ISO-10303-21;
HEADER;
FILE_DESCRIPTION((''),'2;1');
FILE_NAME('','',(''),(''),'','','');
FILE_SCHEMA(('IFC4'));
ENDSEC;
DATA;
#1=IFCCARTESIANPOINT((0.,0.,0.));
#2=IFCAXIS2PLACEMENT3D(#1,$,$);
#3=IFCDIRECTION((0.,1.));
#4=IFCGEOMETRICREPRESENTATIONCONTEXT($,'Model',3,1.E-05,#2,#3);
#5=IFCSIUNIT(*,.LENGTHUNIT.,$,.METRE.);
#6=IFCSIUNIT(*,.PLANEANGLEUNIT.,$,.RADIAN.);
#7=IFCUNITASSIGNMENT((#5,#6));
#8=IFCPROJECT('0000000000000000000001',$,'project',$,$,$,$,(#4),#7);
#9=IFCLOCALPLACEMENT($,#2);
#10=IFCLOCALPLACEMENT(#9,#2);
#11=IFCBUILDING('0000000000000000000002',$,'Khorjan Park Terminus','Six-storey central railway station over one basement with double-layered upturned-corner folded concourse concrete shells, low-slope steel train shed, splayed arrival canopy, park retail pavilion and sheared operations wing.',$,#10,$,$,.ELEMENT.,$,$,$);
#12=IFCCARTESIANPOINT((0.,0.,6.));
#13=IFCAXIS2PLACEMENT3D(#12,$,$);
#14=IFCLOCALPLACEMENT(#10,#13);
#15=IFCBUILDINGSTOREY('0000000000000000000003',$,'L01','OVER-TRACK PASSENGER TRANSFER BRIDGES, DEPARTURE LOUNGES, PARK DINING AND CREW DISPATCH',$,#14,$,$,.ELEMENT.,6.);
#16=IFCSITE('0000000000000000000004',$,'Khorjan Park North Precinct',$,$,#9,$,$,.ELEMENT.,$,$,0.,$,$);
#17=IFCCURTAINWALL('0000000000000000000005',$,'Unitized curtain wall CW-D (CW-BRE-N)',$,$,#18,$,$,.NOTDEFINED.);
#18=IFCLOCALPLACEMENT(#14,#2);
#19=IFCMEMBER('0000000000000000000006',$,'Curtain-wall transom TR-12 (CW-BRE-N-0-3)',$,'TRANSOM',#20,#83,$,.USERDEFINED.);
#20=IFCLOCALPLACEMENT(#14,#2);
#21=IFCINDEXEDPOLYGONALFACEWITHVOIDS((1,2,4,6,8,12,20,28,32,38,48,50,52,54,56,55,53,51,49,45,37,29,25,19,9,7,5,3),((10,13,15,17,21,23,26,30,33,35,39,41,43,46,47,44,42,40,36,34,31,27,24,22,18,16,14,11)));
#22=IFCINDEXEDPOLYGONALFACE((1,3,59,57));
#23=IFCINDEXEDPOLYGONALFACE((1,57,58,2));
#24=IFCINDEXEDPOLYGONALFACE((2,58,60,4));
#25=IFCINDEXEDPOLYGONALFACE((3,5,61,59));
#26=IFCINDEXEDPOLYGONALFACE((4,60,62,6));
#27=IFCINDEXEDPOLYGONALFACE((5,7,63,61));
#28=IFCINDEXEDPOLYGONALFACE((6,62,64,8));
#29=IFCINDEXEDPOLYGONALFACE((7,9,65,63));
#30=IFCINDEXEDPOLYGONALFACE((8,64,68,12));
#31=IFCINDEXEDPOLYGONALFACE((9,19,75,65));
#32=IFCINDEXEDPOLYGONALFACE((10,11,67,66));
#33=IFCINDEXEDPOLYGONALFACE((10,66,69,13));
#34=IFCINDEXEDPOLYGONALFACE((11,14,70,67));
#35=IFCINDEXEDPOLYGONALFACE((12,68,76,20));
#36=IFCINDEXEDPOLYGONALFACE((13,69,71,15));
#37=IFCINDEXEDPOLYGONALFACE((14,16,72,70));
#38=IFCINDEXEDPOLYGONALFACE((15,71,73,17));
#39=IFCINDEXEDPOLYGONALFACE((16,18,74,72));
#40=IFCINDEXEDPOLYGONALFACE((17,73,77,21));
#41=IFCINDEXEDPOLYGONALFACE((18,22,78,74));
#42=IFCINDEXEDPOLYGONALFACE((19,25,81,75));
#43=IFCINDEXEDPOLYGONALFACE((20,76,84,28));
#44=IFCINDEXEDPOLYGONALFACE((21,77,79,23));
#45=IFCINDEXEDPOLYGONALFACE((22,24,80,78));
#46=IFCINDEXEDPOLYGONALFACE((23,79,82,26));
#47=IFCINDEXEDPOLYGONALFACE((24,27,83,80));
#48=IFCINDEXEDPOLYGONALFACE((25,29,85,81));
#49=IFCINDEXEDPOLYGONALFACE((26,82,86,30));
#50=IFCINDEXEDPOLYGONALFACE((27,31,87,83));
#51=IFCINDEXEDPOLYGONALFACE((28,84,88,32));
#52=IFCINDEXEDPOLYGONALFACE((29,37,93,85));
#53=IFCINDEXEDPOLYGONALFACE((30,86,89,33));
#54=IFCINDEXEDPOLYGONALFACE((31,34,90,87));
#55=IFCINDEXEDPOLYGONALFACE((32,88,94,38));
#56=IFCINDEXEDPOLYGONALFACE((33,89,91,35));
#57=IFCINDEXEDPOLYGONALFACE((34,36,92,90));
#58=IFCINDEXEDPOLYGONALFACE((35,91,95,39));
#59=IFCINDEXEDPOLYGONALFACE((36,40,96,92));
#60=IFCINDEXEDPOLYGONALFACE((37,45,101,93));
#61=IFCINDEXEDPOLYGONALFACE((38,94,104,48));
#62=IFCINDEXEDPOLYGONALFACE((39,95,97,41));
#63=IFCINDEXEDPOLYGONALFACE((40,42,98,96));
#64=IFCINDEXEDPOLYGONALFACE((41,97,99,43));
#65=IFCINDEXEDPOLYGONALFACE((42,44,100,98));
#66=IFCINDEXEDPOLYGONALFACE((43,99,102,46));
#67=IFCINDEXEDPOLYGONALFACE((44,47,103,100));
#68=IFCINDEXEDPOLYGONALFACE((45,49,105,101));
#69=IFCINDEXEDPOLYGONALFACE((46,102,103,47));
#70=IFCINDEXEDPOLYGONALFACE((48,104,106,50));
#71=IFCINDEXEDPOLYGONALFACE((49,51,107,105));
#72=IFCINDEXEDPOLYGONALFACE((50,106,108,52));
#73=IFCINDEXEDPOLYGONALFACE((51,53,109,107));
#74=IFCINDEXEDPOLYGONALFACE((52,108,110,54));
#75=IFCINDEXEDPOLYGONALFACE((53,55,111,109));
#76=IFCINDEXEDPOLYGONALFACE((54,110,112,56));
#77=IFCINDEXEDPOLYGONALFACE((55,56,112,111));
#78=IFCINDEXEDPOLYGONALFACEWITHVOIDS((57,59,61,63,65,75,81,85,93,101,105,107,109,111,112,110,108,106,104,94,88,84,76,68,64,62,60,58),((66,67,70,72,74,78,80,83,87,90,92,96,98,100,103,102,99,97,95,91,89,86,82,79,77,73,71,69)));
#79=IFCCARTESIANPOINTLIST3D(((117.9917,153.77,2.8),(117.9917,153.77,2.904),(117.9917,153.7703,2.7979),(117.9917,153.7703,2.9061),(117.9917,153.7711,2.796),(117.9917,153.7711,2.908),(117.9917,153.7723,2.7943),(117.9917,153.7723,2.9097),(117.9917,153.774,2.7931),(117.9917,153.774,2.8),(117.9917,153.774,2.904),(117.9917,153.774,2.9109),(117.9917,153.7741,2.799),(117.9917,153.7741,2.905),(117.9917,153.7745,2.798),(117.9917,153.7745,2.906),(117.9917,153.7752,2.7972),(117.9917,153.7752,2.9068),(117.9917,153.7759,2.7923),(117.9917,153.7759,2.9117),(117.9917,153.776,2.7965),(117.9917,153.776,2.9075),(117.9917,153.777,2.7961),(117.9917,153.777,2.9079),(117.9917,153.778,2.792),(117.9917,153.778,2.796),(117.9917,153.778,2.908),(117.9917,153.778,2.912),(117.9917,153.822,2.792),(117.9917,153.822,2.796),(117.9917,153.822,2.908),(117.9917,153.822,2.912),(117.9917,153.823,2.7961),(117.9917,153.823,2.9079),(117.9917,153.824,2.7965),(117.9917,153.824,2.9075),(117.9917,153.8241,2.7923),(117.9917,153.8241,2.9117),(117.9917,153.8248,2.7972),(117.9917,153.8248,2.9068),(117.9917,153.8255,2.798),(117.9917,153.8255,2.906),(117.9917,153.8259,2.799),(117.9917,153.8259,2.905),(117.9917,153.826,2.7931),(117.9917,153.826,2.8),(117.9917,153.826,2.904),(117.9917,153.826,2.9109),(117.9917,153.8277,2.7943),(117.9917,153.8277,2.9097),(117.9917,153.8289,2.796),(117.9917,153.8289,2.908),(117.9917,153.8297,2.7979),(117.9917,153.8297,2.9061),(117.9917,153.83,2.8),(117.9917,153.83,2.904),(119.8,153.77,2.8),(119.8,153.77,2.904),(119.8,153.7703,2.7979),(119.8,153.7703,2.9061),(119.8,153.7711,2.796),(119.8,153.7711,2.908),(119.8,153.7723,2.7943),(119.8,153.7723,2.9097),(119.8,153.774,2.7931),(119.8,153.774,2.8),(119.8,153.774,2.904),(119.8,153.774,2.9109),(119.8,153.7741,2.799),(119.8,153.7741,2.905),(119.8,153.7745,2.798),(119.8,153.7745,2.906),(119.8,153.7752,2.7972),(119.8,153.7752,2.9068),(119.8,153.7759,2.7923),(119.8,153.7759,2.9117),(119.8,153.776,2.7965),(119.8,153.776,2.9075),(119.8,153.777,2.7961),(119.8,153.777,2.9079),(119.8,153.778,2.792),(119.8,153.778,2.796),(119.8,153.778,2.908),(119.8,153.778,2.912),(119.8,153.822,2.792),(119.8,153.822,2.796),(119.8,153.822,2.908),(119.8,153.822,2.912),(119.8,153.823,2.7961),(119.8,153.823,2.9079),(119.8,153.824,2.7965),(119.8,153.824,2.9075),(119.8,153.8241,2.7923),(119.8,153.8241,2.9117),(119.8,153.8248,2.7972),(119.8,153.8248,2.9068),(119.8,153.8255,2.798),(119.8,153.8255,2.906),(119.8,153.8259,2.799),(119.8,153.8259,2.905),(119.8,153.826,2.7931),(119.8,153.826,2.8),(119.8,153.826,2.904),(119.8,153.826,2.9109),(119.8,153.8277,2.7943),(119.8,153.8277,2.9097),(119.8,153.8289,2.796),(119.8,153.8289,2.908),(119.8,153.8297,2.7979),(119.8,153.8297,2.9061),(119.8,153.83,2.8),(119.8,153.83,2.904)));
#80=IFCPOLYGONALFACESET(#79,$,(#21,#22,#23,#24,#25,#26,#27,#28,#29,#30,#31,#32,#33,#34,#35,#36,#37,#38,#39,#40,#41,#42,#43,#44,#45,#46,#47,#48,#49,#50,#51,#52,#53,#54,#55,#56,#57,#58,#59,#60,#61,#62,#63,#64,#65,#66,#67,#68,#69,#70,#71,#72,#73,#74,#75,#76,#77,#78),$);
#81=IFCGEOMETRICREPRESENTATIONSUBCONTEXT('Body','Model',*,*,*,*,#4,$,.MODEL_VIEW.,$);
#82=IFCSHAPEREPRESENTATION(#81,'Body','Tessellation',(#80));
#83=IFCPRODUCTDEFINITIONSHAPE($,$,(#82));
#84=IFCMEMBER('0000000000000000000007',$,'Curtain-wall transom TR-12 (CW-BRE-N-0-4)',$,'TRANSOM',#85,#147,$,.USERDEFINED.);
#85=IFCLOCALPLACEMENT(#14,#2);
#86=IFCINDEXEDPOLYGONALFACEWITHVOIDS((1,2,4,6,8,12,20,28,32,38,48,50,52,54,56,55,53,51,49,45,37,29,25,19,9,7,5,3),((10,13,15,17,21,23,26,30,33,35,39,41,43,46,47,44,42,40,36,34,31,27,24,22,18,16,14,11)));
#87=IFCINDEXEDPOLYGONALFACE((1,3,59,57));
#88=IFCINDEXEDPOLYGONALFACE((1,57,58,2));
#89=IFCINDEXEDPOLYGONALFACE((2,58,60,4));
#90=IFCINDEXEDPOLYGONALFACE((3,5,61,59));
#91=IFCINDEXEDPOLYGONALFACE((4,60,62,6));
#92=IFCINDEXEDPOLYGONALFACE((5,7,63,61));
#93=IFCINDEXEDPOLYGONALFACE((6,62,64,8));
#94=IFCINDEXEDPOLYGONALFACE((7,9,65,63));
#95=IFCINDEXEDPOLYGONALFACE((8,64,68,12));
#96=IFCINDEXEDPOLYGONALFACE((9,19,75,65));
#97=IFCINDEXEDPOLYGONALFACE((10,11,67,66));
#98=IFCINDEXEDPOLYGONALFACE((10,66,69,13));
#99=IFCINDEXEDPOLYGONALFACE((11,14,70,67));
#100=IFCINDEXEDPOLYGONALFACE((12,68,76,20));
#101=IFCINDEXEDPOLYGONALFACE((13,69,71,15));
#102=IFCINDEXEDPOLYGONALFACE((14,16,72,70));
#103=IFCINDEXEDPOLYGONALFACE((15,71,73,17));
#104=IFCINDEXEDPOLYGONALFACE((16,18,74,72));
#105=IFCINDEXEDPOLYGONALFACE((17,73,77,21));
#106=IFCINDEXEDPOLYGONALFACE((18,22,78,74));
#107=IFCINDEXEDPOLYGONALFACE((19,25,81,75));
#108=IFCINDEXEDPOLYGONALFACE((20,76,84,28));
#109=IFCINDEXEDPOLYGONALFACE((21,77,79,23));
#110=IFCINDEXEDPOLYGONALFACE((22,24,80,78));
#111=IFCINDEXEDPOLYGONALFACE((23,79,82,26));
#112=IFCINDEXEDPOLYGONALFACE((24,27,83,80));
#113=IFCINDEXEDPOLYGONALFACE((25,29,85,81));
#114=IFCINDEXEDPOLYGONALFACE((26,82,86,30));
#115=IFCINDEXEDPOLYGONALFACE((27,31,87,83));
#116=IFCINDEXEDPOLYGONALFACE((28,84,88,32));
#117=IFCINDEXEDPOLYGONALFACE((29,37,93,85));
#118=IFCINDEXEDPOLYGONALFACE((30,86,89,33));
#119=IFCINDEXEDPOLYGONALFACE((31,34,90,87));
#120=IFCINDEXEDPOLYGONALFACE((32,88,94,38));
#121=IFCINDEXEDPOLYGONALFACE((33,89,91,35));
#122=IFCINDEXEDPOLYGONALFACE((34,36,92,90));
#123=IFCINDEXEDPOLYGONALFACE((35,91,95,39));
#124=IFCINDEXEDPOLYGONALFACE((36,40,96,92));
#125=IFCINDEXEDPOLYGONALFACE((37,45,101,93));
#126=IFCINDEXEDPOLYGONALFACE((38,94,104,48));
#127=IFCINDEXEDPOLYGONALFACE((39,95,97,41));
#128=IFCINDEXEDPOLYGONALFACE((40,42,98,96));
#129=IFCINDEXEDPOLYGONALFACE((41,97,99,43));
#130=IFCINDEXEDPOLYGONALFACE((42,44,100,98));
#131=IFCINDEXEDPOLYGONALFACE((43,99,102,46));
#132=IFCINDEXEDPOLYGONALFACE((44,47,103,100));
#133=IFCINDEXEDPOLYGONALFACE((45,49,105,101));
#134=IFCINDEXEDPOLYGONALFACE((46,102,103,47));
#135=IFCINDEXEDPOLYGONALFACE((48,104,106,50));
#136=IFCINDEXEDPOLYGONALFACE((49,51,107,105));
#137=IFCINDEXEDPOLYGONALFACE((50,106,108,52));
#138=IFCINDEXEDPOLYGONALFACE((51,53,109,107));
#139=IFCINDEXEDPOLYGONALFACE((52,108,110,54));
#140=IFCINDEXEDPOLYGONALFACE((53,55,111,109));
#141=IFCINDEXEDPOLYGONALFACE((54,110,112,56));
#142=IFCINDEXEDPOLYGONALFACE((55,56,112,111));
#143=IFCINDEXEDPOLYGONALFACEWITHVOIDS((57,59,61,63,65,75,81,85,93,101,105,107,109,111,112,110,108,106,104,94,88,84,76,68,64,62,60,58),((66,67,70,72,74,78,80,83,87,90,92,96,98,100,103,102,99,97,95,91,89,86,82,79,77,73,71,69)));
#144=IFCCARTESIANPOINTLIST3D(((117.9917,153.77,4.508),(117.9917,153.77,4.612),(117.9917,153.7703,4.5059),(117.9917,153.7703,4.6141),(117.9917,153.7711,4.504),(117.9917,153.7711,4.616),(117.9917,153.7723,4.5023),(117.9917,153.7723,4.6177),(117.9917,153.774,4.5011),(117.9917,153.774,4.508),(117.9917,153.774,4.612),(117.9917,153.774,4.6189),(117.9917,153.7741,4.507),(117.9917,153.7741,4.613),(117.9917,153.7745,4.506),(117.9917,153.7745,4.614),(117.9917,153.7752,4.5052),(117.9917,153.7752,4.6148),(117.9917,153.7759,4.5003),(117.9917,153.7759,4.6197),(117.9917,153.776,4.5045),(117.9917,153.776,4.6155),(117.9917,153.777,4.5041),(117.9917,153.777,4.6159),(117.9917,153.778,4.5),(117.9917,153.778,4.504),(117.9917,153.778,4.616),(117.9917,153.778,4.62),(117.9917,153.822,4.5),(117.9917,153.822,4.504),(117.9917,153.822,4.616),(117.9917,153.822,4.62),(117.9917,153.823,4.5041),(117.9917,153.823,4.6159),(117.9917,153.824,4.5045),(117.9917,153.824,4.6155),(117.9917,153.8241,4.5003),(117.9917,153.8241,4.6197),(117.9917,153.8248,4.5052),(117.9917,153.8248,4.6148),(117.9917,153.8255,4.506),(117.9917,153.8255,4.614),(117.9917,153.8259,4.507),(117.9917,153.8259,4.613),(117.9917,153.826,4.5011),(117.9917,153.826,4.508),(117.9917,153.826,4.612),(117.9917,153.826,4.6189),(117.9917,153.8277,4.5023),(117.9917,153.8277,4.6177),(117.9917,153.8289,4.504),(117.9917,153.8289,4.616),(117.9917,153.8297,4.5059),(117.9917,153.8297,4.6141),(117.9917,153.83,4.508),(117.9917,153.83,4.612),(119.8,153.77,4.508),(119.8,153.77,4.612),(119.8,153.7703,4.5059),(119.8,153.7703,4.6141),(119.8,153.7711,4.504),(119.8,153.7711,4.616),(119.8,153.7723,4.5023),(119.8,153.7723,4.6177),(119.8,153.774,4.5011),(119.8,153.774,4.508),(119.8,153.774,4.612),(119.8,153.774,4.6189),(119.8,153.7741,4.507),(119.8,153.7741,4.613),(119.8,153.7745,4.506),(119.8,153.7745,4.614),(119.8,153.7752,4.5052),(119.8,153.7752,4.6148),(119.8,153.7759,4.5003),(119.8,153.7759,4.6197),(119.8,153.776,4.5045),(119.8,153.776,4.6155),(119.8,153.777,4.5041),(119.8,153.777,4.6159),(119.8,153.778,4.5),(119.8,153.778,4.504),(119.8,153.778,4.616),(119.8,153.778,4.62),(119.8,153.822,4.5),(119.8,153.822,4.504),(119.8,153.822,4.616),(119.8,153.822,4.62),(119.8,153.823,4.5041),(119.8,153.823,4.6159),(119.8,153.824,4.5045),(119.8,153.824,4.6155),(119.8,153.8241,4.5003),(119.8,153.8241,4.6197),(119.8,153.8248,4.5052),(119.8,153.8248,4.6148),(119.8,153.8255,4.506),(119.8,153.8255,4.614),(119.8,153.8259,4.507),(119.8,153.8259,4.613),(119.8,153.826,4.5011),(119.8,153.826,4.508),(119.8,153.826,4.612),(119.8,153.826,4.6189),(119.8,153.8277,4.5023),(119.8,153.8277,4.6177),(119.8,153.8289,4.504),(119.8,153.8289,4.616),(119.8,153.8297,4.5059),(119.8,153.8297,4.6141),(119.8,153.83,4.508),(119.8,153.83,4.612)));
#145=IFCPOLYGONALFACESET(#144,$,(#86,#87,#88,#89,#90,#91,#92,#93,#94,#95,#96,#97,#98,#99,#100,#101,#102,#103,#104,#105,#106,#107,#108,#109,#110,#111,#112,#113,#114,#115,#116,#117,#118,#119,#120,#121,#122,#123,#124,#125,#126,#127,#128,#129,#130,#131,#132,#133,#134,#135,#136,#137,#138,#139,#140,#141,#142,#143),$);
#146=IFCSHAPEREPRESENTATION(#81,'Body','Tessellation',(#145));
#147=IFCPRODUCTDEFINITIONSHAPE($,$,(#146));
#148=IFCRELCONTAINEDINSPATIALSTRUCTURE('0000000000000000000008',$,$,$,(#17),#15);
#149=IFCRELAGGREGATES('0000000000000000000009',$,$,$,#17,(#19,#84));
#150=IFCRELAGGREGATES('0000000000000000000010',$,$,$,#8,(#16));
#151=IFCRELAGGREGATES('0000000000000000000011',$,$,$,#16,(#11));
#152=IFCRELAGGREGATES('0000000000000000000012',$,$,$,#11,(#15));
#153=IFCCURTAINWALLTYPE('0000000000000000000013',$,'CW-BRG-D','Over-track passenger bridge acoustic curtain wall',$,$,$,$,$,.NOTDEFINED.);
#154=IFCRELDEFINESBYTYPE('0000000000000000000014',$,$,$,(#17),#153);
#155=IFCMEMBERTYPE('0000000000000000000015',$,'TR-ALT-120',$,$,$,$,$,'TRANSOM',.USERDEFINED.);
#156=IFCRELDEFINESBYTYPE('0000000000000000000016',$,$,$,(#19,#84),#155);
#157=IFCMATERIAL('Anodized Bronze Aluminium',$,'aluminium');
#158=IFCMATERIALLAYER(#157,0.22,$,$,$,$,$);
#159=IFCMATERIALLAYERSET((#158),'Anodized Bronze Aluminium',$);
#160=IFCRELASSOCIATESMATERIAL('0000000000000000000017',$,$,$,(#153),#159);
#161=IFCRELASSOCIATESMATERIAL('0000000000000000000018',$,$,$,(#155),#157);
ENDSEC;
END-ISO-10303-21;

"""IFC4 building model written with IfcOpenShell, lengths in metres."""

from ifc_helpers import new_model, si_unit, direction, frame, origin, origin_2d, place, context, subcontext, project, spatial, hollow_rectangle, extrude, material, layer, layer_set, material_profile, profile_set, type_object, element, aggregate, save


model = new_model("IFC4")

# Units and contexts
model_context = context("Model", 3, precision=1e-05, world=origin(), true_north=direction((0.0, 1.0)))
body_context = subcontext(model_context, "Body", "Model", "MODEL_VIEW")
ifc_project = project(units=[si_unit("LENGTHUNIT", "METRE"), si_unit("PLANEANGLEUNIT", "RADIAN")], contexts=[model_context])

# Site, building, storey
site_placement = place(None, origin())
site = spatial("IfcSite", under=ifc_project, at=site_placement, Name="Khorjan Park North Precinct", CompositionType="ELEMENT", RefElevation=0.0)
building_placement = place(site_placement, origin())
building = spatial("IfcBuilding", under=site, at=building_placement, Name="Khorjan Park Terminus", Description="Six-storey central railway station over one basement with double-layered upturned-corner folded concourse concrete shells, low-slope steel train shed, splayed arrival canopy, park retail pavilion and sheared operations wing.", CompositionType="ELEMENT")
storey_placement = place(building_placement, frame((0.0, 0.0, 6.0)))
storey = spatial("IfcBuildingStorey", under=building, at=storey_placement, Name="L01", Description="OVER-TRACK PASSENGER TRANSFER BRIDGES, DEPARTURE LOUNGES, PARK DINING AND CREW DISPATCH", CompositionType="ELEMENT", Elevation=6.0)

# Curtain wall, members
ifc_material_1 = material(Name="Anodized Bronze Aluminium", Category="aluminium")
ifc_layer_1 = layer(ifc_material_1, 0.22)
ifc_layer_set_1 = layer_set([ifc_layer_1], Name="Anodized Bronze Aluminium")
curtain_wall_type = type_object("IfcCurtainWallType", Name="CW-BRG-D", Description="Over-track passenger bridge acoustic curtain wall", PredefinedType="NOTDEFINED", material=ifc_layer_set_1)
curtain_wall_placement = place(storey_placement, origin())
curtain_wall = element("IfcCurtainWall", 1, at=curtain_wall_placement, inside=storey, type_object=curtain_wall_type, Name="Unitized curtain wall CW-D (CW-BRE-N)", PredefinedType="NOTDEFINED")
ifc_material_profile_1 = material_profile(ifc_material_1, hollow_rectangle(XDim=0.06, YDim=0.12, WallThickness=0.004, InnerFilletRadius=0.004, OuterFilletRadius=0.008, at=origin_2d()), Name="ALT 60x120x4")
ifc_profile_set_1 = profile_set([ifc_material_profile_1], Name="Anodized Bronze Aluminium")
member_type_1 = type_object("IfcMemberType", Name="TR-ALT-120", ElementType="TRANSOM", PredefinedType="USERDEFINED", material=ifc_profile_set_1)
member_1_placement = place(storey_placement, frame((119.8, 153.8, 2.852), z_axis=(-1.0, 0.0, 0.0), x_axis=(0.0, -1.0, 0.0)))
member_1 = element("IfcMember", 2, at=member_1_placement, type_object=member_type_1, Name="Curtain-wall transom TR-12 (CW-BRE-N-0-3)", ObjectType="TRANSOM", PredefinedType="USERDEFINED", context=body_context, shape_type="SweptSolid", body=[
    extrude(hollow_rectangle(XDim=0.06, YDim=0.12, WallThickness=0.004, InnerFilletRadius=0.004, OuterFilletRadius=0.008, at=origin_2d()), origin(), (0.0, 0.0, 1.0), 1.8083),
])
member_2_placement = place(storey_placement, frame((119.8, 153.8, 4.56), z_axis=(-1.0, 0.0, 0.0), x_axis=(0.0, -1.0, 0.0)))
member_2 = element("IfcMember", 3, at=member_2_placement, type_object=member_type_1, Name="Curtain-wall transom TR-12 (CW-BRE-N-0-4)", ObjectType="TRANSOM", PredefinedType="USERDEFINED", context=body_context, shape_type="SweptSolid", body=[
    extrude(hollow_rectangle(XDim=0.06, YDim=0.12, WallThickness=0.004, InnerFilletRadius=0.004, OuterFilletRadius=0.008, at=origin_2d()), origin(), (0.0, 0.0, 1.0), 1.8083),
])
aggregate(curtain_wall, [member_1, member_2])

save(model, "model.ifc")
